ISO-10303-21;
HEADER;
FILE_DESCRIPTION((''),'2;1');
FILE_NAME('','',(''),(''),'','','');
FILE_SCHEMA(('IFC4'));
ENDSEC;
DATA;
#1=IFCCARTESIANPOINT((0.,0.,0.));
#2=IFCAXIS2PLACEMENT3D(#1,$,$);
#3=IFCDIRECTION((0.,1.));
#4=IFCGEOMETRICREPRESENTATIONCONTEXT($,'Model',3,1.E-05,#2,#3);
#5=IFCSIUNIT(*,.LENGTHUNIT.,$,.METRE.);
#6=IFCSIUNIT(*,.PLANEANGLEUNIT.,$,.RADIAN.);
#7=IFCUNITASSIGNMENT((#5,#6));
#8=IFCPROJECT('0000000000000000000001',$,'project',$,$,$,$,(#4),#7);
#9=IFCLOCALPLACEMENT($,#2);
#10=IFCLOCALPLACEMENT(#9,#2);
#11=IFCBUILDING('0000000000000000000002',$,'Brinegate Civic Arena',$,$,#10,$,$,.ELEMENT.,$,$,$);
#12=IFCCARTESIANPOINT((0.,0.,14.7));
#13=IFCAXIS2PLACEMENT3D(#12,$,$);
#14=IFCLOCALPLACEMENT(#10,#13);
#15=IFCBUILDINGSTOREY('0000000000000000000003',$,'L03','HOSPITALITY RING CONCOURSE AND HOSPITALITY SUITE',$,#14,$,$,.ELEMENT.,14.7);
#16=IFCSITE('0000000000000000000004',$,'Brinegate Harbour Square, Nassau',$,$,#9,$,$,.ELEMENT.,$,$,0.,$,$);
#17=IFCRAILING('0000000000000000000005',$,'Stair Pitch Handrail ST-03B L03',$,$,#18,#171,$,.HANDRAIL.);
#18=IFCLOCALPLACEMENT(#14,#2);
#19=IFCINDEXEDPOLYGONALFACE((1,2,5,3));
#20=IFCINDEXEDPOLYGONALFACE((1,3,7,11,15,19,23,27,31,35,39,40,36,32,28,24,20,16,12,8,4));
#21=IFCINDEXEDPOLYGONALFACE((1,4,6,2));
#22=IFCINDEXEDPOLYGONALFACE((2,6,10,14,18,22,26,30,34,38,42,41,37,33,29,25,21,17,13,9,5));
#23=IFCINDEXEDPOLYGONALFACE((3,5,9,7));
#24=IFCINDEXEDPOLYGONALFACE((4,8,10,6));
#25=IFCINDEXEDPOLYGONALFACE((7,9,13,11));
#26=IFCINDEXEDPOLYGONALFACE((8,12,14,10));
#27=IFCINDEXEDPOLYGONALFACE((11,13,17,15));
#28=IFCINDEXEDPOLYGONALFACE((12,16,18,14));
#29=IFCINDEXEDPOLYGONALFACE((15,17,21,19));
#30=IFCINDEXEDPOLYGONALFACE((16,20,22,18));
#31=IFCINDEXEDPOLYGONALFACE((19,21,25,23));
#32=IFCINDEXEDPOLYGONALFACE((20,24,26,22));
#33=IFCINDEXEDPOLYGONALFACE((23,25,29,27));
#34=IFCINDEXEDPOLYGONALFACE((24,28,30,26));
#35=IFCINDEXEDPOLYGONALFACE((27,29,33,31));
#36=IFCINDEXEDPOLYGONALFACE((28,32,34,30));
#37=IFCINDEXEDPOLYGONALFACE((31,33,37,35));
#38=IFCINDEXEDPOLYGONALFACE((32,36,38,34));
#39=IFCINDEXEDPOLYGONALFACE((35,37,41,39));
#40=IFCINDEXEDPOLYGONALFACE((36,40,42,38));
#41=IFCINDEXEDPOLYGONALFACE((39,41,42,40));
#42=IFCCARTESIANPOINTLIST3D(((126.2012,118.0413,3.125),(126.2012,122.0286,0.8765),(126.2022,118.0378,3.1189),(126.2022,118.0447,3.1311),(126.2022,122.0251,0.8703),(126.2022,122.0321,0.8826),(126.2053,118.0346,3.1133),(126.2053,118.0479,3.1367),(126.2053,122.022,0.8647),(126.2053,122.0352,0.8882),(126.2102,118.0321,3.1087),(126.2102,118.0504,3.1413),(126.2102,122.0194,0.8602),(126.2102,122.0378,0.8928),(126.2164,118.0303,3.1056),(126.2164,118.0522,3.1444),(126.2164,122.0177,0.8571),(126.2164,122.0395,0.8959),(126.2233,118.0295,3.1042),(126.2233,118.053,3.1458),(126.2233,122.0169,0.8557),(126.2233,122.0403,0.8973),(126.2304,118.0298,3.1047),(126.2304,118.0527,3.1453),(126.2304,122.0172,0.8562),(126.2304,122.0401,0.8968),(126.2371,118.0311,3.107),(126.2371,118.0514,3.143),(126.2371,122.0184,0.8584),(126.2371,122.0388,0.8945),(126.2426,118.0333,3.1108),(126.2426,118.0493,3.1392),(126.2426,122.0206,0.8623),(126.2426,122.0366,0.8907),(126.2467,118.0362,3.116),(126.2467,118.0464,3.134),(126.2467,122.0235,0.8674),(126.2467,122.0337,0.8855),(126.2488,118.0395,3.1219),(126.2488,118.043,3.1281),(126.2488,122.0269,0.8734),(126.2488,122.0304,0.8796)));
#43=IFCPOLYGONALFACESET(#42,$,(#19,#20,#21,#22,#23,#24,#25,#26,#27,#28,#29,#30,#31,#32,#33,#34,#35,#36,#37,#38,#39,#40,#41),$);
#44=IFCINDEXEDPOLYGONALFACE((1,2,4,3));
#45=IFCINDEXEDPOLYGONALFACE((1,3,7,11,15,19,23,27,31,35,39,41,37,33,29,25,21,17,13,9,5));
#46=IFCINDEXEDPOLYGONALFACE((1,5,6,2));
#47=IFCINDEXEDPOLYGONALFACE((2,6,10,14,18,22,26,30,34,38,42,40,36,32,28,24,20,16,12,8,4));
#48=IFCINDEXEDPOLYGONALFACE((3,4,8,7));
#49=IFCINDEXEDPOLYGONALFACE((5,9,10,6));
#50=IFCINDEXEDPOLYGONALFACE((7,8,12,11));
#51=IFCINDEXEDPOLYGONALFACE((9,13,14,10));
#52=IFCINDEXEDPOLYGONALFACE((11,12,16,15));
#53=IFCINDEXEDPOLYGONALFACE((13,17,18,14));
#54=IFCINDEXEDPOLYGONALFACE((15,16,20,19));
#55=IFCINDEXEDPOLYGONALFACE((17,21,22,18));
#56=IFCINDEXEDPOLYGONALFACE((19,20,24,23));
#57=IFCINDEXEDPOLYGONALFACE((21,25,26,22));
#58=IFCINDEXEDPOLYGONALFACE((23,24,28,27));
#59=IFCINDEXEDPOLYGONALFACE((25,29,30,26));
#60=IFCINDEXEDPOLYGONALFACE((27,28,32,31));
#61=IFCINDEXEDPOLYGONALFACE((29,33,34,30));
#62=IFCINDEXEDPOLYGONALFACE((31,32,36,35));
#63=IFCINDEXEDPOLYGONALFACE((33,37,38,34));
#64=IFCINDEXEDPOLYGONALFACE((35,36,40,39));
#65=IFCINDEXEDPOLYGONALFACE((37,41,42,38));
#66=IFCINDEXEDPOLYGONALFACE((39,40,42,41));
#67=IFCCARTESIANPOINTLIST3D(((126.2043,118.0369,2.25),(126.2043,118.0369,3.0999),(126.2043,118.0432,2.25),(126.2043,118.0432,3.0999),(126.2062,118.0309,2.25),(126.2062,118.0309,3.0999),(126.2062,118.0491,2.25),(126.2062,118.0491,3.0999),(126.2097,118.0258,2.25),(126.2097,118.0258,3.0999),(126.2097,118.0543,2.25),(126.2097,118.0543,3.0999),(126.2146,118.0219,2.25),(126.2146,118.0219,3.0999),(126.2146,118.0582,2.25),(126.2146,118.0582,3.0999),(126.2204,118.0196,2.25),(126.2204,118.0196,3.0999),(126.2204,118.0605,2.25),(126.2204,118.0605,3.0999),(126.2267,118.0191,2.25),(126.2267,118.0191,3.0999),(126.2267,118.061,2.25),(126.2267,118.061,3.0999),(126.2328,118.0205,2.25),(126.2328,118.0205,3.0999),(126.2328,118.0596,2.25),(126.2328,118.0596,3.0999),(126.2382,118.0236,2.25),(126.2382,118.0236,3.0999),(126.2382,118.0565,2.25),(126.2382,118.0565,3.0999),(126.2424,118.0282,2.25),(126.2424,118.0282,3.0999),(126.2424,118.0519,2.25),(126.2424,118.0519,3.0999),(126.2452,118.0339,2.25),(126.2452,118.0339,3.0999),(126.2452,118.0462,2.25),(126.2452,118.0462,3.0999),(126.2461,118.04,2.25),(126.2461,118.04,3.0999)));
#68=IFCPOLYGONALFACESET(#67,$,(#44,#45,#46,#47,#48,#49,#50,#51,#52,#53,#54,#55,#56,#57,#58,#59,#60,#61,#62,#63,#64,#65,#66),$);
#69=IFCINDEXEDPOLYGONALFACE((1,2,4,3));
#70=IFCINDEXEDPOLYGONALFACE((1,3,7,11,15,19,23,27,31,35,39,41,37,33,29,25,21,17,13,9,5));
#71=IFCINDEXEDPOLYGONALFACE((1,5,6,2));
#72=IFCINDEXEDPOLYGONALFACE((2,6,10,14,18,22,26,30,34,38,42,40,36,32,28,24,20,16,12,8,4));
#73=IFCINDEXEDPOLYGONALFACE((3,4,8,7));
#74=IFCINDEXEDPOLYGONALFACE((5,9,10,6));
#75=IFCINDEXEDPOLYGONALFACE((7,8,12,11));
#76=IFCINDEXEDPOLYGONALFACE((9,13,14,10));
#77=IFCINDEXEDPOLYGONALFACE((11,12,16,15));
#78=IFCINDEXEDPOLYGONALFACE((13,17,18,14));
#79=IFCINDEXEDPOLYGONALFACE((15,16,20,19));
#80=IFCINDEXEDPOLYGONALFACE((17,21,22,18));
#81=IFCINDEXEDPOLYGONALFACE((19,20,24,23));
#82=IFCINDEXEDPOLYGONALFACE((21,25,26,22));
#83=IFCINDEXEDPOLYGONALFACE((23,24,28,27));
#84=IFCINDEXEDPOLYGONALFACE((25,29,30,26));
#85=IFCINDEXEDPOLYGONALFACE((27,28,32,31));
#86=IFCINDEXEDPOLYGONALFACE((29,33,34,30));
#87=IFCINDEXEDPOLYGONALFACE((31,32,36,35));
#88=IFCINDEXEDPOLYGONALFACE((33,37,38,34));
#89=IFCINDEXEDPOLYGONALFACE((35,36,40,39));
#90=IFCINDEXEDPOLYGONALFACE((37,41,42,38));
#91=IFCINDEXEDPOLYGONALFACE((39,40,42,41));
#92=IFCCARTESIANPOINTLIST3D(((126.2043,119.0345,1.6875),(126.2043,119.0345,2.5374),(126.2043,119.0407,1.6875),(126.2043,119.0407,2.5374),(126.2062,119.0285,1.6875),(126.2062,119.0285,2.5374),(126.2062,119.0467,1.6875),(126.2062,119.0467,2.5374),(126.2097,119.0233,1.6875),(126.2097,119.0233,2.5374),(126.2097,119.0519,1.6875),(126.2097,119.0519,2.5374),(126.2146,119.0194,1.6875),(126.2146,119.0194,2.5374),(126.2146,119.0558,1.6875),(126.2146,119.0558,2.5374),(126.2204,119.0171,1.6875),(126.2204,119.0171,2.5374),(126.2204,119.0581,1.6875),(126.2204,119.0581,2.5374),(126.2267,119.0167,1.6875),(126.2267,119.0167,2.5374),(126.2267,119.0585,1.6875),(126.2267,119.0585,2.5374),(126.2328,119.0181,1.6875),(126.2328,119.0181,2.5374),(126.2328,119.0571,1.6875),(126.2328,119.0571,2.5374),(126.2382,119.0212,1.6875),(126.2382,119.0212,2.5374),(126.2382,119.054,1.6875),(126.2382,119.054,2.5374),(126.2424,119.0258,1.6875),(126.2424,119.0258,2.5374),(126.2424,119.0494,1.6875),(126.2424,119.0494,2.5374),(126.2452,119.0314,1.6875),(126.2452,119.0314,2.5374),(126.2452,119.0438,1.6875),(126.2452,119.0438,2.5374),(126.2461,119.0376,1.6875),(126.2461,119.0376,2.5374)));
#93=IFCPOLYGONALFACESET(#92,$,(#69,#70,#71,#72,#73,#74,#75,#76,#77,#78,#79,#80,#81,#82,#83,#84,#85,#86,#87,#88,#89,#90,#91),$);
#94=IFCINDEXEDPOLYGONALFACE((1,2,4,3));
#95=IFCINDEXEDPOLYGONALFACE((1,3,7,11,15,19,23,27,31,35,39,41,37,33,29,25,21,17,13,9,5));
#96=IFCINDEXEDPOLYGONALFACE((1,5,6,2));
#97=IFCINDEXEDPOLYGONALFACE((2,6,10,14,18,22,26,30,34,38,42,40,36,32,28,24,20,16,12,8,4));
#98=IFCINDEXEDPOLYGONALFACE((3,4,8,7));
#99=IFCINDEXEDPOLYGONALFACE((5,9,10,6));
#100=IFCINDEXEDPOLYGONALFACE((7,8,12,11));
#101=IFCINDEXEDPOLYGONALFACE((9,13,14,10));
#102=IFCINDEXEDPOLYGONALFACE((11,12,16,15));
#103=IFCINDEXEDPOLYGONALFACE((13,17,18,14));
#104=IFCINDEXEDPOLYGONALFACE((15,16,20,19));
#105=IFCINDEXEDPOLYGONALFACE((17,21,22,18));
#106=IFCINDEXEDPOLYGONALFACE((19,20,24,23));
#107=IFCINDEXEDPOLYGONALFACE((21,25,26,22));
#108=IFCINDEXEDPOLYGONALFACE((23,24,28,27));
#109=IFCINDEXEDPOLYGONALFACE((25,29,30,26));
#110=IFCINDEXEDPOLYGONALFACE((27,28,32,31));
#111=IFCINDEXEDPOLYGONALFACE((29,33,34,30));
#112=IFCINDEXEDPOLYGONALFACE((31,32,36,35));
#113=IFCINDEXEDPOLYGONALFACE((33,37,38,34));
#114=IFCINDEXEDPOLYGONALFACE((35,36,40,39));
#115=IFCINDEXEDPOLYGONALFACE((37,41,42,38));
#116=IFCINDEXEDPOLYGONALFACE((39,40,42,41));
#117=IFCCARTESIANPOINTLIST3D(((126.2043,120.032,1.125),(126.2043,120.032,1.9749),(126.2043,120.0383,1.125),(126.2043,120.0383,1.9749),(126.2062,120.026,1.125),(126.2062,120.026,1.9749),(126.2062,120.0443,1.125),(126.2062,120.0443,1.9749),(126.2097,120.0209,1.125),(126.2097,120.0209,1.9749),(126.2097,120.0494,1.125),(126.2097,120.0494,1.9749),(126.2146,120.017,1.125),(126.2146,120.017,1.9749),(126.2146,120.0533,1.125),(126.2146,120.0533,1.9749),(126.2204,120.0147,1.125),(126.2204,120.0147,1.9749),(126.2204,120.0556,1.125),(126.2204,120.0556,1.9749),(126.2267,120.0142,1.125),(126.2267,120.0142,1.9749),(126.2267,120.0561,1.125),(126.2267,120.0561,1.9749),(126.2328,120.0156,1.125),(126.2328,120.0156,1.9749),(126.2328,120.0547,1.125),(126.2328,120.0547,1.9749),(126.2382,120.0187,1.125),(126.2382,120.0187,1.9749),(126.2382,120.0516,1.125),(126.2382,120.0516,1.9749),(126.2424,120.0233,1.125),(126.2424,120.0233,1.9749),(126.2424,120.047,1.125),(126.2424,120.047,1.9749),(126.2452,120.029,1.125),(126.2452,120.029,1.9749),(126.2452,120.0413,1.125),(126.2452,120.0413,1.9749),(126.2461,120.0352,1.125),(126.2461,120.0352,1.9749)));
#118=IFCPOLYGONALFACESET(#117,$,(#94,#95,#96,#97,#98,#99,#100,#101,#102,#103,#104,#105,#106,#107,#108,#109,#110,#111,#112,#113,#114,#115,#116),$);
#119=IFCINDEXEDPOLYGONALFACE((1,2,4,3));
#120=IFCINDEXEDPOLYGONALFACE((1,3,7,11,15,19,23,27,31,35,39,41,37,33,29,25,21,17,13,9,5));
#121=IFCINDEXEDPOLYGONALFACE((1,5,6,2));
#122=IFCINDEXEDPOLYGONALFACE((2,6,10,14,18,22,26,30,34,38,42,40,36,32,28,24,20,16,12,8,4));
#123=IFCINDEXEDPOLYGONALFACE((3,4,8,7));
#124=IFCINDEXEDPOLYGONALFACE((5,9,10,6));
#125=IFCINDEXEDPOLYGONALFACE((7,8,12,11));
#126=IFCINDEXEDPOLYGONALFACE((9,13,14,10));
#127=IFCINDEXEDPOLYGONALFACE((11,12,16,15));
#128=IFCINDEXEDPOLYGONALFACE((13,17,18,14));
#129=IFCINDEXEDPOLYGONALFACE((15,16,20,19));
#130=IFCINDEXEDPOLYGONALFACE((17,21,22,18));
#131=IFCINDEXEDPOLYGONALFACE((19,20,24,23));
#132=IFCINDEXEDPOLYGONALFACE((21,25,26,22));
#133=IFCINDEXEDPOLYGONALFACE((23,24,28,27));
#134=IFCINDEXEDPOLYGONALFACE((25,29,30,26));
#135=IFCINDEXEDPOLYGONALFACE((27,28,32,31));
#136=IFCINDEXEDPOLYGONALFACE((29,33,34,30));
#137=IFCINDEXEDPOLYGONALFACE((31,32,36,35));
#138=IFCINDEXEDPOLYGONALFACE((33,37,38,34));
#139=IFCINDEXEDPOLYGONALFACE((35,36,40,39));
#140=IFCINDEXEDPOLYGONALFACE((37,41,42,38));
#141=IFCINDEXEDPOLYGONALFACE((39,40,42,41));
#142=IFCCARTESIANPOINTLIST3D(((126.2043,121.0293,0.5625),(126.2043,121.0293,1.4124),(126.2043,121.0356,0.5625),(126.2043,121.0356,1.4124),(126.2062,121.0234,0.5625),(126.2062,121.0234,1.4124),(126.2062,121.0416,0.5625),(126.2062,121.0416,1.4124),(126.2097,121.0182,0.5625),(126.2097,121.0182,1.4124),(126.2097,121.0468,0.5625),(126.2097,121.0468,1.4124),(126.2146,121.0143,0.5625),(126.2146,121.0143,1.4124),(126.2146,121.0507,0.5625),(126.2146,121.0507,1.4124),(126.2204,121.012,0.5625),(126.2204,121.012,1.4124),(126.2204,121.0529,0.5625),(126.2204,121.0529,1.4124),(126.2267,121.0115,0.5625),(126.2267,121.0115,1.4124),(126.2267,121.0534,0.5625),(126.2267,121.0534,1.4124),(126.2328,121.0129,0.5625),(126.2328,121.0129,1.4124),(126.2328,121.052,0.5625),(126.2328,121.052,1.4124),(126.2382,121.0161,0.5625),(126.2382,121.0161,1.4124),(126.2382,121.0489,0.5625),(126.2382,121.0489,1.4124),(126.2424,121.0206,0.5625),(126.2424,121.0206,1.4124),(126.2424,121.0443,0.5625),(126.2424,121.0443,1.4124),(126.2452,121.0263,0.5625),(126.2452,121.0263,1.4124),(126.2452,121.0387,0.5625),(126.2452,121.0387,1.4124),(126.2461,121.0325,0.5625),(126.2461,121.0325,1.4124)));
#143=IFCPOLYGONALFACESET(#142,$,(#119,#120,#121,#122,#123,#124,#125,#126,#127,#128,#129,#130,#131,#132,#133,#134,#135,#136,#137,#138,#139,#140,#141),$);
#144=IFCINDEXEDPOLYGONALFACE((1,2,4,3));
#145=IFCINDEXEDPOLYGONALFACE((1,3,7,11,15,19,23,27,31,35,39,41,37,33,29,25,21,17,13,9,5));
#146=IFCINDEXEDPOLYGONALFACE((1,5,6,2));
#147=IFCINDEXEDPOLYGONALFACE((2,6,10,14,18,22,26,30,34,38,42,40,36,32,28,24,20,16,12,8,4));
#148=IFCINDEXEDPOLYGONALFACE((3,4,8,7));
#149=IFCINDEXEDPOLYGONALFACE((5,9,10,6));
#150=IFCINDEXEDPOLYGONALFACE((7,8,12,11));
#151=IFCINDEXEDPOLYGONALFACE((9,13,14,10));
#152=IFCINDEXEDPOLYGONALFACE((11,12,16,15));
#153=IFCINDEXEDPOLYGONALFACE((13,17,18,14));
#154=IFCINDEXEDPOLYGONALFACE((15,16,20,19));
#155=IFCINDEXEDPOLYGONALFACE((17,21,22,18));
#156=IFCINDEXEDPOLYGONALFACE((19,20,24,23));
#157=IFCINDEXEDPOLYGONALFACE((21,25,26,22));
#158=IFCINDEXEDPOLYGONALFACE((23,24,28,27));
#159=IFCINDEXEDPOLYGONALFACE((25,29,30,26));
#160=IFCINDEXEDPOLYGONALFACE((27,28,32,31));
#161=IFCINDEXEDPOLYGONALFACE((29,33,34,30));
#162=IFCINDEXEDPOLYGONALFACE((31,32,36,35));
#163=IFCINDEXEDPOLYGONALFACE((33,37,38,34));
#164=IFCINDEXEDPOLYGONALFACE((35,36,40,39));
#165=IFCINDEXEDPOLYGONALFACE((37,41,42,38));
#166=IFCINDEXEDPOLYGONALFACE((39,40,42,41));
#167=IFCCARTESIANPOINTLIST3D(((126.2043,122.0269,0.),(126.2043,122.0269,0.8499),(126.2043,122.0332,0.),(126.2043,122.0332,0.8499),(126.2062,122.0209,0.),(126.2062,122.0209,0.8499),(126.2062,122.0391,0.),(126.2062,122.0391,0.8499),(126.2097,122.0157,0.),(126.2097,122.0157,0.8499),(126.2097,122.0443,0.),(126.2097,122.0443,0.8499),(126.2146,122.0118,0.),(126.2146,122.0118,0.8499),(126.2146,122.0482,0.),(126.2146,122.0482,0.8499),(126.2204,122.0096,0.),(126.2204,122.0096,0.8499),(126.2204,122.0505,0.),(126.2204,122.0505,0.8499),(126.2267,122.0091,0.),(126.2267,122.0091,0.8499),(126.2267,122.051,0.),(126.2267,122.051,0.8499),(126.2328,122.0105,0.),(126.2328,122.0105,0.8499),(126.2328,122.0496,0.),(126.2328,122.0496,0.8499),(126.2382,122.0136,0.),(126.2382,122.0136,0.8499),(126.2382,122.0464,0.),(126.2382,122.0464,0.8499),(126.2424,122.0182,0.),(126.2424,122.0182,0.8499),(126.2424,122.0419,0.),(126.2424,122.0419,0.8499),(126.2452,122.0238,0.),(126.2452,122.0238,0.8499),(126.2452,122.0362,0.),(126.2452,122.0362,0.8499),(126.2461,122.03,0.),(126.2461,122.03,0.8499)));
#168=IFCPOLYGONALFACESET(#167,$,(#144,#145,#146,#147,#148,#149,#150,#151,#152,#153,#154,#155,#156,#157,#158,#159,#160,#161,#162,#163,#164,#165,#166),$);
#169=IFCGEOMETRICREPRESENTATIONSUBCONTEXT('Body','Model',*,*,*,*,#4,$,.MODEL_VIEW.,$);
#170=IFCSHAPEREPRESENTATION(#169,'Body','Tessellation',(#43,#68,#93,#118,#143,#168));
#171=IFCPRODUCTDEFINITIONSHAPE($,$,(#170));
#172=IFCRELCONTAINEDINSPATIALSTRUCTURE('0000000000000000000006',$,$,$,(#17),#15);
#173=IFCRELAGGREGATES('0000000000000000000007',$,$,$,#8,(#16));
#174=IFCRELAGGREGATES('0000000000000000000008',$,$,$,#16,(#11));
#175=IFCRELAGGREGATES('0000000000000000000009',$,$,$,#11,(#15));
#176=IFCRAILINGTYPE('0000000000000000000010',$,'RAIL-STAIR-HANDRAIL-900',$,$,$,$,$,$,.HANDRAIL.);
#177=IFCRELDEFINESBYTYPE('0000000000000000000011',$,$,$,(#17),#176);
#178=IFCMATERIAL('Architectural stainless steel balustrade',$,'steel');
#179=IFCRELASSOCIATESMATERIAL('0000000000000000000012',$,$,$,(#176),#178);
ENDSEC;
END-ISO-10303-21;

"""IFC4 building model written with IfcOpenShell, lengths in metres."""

from ifc_helpers import new_model, si_unit, direction, frame, origin, origin_2d, place, context, subcontext, project, spatial, circle, extrude, material, type_object, element, save


model = new_model("IFC4")

# Units and contexts
model_context = context("Model", 3, precision=1e-05, world=origin(), true_north=direction((0.0, 1.0)))
body_context = subcontext(model_context, "Body", "Model", "MODEL_VIEW")
ifc_project = project(units=[si_unit("LENGTHUNIT", "METRE"), si_unit("PLANEANGLEUNIT", "RADIAN")], contexts=[model_context])

# Site, building, storey
site_placement = place(None, origin())
site = spatial("IfcSite", under=ifc_project, at=site_placement, Name="Brinegate Harbour Square, Nassau", CompositionType="ELEMENT", RefElevation=0.0)
building_placement = place(site_placement, origin())
building = spatial("IfcBuilding", under=site, at=building_placement, Name="Brinegate Civic Arena", CompositionType="ELEMENT")
storey_placement = place(building_placement, frame((0.0, 0.0, 14.7)))
storey = spatial("IfcBuildingStorey", under=building, at=storey_placement, Name="L03", Description="HOSPITALITY RING CONCOURSE AND HOSPITALITY SUITE", CompositionType="ELEMENT", Elevation=14.7)

# Railing
ifc_material_1 = material(Name="Architectural stainless steel balustrade", Category="steel")
railing_type_1 = type_object("IfcRailingType", Name="RAIL-STAIR-HANDRAIL-900", PredefinedType="HANDRAIL", material=ifc_material_1)
for number, where, name in (
    (1, (126.2251, 118.04, 2.25), "Stair Pitch Handrail ST-03B L03"),
):
    element("IfcRailing", number, at=place(storey_placement, frame(where)), inside=storey, type_object=railing_type_1, Name=name, PredefinedType="HANDRAIL", context=body_context, shape_type="SweptSolid", body=[
        extrude(circle(Radius=0.0239, at=origin_2d()), frame((0.0, 0.0012, 0.875), z_axis=(0.0, 0.87105, -0.491195), x_axis=(-1.0, 0.0, 0.0)), (0.0, 0.0, 1.0), 4.5776),
        extrude(circle(Radius=0.021, at=origin_2d()), origin(), (0.0, 0.0, 1.0), 0.8499),
        extrude(circle(Radius=0.021, at=origin_2d()), frame((0.0, 0.9976, -0.5625)), (0.0, 0.0, 1.0), 0.8499),
        extrude(circle(Radius=0.021, at=origin_2d()), frame((0.0, 1.9951, -1.125)), (0.0, 0.0, 1.0), 0.8499),
        extrude(circle(Radius=0.021, at=origin_2d()), frame((0.0, 2.9924, -1.6875)), (0.0, 0.0, 1.0), 0.8499),
        extrude(circle(Radius=0.021, at=origin_2d()), frame((0.0, 3.99, -2.25)), (0.0, 0.0, 1.0), 0.8499),
    ])

save(model, "model.ifc")
